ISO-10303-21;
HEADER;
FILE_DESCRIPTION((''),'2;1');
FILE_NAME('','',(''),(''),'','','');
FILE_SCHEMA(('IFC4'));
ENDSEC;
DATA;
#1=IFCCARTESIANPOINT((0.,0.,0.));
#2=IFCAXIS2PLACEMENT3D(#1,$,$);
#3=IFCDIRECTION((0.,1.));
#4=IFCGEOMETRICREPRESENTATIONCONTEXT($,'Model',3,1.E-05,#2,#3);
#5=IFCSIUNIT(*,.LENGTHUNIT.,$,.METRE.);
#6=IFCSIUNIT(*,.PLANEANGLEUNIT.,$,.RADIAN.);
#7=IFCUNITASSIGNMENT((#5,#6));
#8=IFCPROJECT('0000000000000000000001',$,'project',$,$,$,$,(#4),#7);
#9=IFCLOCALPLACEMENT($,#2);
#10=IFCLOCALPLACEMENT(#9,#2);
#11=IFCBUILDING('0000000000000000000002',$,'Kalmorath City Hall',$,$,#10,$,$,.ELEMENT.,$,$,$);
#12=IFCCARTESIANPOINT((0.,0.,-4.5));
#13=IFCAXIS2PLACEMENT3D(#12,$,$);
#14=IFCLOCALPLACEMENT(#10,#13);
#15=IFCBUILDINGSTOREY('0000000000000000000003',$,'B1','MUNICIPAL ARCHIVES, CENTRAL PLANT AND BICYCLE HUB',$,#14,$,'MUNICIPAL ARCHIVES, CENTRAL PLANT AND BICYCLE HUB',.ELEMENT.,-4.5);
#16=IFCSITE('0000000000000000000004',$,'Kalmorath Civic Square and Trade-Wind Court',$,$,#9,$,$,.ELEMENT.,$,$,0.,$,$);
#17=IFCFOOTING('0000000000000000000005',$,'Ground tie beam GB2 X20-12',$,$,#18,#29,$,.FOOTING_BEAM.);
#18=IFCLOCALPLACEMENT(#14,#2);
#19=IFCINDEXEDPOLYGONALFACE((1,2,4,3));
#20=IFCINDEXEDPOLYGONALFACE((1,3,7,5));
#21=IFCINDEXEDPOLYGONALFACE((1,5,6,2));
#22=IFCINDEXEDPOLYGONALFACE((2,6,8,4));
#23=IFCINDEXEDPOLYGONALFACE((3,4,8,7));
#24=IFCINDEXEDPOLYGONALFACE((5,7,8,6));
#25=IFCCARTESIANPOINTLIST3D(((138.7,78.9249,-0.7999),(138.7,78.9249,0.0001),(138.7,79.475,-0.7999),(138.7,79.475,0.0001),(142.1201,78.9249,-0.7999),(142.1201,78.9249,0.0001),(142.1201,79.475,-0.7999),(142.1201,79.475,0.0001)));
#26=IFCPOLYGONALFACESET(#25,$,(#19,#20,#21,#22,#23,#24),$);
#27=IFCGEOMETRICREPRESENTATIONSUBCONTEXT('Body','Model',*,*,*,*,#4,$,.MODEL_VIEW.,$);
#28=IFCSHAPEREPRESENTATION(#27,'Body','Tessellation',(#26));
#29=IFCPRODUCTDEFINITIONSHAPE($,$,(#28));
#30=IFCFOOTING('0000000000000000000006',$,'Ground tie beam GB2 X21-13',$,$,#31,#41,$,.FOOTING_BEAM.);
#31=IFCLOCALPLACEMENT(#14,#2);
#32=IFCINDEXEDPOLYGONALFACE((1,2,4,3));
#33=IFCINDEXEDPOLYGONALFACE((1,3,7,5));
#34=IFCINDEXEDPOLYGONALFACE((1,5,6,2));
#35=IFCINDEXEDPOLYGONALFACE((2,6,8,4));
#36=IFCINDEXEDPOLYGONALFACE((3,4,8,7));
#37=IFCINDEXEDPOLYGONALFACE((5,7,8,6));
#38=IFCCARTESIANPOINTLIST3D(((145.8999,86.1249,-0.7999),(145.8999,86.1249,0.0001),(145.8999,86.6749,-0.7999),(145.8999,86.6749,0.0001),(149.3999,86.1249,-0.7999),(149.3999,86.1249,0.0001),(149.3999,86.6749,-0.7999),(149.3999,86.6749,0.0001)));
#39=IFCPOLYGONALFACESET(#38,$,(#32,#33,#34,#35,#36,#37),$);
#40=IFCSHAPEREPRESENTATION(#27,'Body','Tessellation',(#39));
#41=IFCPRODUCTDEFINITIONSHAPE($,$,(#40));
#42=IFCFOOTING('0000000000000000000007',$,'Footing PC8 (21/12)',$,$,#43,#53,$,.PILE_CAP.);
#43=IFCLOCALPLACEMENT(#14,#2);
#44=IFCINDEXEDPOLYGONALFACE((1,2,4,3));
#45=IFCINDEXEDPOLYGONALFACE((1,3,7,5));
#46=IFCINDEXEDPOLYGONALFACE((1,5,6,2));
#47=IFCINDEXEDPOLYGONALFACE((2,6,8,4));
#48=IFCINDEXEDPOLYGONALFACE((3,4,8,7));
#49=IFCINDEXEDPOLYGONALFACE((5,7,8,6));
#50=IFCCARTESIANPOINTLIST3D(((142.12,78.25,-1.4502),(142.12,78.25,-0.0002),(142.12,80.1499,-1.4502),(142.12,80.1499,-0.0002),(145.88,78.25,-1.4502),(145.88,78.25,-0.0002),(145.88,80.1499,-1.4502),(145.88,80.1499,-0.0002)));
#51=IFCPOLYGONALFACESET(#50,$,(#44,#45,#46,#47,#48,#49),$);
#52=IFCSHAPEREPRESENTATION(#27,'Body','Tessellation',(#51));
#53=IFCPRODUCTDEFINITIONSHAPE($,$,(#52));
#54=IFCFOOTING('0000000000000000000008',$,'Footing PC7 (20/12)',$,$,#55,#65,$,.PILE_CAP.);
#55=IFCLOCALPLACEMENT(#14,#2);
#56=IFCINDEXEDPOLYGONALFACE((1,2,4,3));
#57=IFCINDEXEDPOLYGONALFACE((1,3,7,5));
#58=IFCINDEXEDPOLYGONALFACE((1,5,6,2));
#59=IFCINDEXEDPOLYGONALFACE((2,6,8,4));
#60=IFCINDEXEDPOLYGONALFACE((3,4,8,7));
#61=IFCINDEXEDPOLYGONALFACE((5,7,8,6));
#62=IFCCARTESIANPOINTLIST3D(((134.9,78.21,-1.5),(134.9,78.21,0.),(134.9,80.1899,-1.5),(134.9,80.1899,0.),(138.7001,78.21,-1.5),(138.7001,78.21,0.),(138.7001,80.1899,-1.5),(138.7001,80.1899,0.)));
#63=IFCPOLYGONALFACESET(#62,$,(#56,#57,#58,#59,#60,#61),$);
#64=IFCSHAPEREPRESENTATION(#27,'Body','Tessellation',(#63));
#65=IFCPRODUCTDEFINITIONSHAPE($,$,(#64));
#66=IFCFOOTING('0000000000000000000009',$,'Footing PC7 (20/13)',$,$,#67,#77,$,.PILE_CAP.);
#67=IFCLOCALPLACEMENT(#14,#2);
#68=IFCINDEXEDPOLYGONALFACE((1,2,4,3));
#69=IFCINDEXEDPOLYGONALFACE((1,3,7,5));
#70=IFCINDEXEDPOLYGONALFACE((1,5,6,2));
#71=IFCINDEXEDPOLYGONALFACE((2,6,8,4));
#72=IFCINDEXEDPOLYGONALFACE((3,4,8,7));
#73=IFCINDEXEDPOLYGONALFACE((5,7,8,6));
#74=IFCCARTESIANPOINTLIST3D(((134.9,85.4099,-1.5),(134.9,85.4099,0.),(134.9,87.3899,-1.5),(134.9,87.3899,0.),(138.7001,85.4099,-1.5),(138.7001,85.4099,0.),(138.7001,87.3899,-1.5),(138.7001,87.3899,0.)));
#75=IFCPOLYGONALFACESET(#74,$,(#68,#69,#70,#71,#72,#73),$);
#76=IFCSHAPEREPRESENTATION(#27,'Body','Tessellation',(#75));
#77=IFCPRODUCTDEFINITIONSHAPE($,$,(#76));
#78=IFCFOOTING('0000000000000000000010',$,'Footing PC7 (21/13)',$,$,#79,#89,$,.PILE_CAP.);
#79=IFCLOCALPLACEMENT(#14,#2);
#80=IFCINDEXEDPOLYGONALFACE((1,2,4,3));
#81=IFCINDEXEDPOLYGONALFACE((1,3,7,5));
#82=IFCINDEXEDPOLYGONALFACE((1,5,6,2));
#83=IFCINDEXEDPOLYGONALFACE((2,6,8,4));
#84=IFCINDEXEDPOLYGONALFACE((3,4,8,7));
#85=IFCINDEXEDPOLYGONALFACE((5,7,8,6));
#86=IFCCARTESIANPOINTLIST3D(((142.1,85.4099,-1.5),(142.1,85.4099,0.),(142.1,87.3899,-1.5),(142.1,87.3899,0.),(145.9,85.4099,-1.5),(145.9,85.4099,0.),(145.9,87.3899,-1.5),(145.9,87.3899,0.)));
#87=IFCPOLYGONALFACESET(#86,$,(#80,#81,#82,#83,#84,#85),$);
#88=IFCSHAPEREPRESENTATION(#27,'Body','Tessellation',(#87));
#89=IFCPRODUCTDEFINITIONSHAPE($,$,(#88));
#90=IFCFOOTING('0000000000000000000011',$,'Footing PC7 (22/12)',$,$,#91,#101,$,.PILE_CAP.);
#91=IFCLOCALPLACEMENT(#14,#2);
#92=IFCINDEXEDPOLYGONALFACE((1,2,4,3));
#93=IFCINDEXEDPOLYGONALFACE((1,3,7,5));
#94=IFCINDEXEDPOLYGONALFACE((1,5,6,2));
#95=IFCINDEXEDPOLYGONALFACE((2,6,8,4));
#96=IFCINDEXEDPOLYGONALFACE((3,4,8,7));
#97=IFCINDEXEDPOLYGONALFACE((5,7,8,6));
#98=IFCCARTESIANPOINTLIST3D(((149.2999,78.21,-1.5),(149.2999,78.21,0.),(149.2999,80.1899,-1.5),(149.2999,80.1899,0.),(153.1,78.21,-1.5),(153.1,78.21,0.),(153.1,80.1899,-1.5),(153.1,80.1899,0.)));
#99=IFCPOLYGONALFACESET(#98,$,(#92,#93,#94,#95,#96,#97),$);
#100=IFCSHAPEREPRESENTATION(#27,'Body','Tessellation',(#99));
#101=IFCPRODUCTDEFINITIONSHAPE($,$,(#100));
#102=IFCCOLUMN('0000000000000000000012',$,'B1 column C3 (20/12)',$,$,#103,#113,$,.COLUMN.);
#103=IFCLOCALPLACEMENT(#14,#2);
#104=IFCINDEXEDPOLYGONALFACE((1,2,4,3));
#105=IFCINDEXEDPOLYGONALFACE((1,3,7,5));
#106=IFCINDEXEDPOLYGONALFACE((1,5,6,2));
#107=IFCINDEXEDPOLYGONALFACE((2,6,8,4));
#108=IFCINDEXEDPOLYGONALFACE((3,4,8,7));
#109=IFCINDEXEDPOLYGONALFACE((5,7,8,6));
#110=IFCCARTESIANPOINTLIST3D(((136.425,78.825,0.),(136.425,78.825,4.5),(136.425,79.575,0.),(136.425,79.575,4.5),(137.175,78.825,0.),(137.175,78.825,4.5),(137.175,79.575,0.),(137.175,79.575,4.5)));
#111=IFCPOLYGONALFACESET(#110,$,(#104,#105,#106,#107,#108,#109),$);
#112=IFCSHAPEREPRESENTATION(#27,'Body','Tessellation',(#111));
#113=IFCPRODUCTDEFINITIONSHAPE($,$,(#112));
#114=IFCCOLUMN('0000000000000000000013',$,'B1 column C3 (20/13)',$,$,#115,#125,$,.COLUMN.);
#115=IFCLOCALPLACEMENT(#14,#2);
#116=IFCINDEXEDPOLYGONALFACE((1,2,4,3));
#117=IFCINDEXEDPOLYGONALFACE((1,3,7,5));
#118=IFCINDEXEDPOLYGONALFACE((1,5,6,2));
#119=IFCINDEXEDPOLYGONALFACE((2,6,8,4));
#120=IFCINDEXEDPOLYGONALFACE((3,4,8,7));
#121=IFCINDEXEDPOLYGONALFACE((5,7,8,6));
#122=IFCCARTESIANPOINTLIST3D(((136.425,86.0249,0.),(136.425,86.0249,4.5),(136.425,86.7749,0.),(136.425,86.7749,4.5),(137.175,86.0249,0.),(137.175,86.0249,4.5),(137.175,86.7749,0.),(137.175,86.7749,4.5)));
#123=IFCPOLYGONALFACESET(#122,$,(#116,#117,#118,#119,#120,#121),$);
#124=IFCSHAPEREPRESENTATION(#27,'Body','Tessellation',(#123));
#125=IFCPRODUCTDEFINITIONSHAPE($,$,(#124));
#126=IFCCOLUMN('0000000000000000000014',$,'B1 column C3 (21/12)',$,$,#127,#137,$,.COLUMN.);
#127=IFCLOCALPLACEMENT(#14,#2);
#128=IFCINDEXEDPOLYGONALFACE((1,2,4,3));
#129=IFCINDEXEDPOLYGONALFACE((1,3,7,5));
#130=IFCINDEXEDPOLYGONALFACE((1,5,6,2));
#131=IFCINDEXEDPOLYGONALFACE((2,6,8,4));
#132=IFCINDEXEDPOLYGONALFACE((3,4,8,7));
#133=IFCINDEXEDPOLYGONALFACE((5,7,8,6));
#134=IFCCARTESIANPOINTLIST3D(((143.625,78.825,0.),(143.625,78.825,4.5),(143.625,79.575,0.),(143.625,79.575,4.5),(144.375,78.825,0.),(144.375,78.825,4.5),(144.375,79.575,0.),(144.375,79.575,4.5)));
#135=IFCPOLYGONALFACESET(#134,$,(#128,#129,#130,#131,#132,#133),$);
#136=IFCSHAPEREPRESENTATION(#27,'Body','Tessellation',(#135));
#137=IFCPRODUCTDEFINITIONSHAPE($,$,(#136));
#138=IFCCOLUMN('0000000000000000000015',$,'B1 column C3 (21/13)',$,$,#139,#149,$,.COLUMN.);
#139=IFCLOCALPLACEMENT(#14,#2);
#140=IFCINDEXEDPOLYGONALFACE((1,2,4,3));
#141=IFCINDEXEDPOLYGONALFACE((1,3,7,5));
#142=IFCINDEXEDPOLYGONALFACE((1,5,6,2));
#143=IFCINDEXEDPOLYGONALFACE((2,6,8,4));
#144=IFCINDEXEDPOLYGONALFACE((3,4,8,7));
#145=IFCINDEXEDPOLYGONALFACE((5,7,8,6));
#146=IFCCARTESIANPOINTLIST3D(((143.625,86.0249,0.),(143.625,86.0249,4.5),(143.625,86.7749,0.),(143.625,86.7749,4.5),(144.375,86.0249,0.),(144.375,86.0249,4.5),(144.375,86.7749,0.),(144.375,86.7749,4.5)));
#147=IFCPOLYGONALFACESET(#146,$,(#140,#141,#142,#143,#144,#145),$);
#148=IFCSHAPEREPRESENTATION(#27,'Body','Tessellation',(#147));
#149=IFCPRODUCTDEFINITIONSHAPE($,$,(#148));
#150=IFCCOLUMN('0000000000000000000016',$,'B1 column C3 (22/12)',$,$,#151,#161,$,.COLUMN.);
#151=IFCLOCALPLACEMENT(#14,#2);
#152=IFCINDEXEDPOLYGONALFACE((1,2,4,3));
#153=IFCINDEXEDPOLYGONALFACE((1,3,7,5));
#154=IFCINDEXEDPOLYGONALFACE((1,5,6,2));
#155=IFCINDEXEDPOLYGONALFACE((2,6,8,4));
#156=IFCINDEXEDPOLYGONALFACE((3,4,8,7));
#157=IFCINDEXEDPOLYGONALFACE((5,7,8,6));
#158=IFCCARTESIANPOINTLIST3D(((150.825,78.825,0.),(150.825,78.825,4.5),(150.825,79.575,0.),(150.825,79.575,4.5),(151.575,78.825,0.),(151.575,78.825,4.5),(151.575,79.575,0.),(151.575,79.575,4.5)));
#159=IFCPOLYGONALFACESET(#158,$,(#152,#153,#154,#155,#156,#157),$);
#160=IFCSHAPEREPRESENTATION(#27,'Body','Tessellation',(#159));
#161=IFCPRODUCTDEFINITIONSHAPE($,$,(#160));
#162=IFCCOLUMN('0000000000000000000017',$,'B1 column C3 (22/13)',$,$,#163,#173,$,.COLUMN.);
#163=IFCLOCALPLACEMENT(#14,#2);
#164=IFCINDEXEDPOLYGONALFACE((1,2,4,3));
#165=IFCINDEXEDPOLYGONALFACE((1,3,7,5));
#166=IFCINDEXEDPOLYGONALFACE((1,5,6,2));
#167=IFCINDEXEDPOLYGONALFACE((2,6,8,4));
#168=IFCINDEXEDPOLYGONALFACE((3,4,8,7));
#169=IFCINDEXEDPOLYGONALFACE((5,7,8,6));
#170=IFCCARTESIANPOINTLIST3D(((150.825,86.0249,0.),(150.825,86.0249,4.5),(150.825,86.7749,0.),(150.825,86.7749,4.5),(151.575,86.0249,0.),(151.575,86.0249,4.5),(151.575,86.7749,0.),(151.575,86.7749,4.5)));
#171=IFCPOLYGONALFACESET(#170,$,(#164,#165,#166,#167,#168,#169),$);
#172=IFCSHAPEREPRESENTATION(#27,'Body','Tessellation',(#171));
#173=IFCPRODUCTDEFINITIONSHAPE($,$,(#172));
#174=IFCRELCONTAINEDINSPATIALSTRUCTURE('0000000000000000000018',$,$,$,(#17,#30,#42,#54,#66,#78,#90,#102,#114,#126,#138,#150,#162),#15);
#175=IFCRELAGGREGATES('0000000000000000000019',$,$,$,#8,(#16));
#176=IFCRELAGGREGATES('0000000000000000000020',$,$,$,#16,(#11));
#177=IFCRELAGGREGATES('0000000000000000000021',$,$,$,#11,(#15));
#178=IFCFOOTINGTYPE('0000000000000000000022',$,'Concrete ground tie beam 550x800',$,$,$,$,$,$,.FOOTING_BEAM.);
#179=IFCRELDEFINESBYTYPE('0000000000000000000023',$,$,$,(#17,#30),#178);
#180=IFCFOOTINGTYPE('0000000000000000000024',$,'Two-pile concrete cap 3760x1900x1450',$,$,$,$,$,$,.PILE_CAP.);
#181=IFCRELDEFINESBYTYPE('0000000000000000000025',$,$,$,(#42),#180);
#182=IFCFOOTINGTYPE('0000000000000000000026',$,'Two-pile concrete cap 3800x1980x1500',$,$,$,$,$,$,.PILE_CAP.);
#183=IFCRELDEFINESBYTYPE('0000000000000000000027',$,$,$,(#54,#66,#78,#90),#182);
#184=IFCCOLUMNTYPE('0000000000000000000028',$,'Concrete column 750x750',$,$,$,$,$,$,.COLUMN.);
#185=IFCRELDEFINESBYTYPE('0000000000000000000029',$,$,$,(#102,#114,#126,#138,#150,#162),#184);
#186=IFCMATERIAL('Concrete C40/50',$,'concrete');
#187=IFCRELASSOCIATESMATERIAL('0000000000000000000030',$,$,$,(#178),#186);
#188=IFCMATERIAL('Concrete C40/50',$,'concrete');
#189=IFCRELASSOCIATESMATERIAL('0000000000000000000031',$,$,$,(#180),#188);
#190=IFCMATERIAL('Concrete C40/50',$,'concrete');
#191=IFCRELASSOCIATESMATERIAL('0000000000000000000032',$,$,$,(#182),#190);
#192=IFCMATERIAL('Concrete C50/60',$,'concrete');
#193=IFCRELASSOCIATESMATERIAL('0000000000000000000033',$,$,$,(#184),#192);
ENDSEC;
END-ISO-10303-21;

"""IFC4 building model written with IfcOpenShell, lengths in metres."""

from ifc_helpers import new_model, si_unit, direction, frame, origin, origin_2d, place, context, subcontext, project, spatial, rectangle, extrude, material, material_profile, profile_set, type_object, element, save


model = new_model("IFC4")

# Units and contexts
model_context = context("Model", 3, precision=1e-05, world=origin(), true_north=direction((0.0, 1.0)))
body_context = subcontext(model_context, "Body", "Model", "MODEL_VIEW")
ifc_project = project(units=[si_unit("LENGTHUNIT", "METRE"), si_unit("PLANEANGLEUNIT", "RADIAN")], contexts=[model_context])

# Site, building, storey
site_placement = place(None, origin())
site = spatial("IfcSite", under=ifc_project, at=site_placement, Name="Kalmorath Civic Square and Trade-Wind Court", CompositionType="ELEMENT", RefElevation=0.0)
building_placement = place(site_placement, origin())
building = spatial("IfcBuilding", under=site, at=building_placement, Name="Kalmorath City Hall", CompositionType="ELEMENT")
storey_placement = place(building_placement, frame((0.0, 0.0, -4.5)))
storey = spatial("IfcBuildingStorey", under=building, at=storey_placement, Name="B1", Description="MUNICIPAL ARCHIVES, CENTRAL PLANT AND BICYCLE HUB", LongName="MUNICIPAL ARCHIVES, CENTRAL PLANT AND BICYCLE HUB", CompositionType="ELEMENT", Elevation=-4.5)

# Footings
ifc_material_1 = material(Name="Concrete C40/50", Category="concrete")
ifc_material_profile_1 = material_profile(ifc_material_1, rectangle(XDim=0.55, YDim=0.8, at=origin_2d()), Name="RC-BM-550X800")
ifc_profile_set_1 = profile_set([ifc_material_profile_1], Name="Concrete C40/50")
footing_type_1 = type_object("IfcFootingType", Name="Concrete ground tie beam 550x800", PredefinedType="FOOTING_BEAM", material=ifc_profile_set_1)
footing_1_placement = place(storey_placement, frame((138.7, 79.2, -0.3999), z_axis=(1.0, 0.0, 0.0), x_axis=(0.0, 1.0, 0.0)))
element("IfcFooting", 1, at=footing_1_placement, inside=storey, type_object=footing_type_1, Name="Ground tie beam GB2 X20-12", PredefinedType="FOOTING_BEAM", context=body_context, shape_type="SweptSolid", body=[
    extrude(rectangle(XDim=0.55, YDim=0.8, at=origin_2d()), origin(), (0.0, 0.0, 1.0), 3.4202),
])
footing_2_placement = place(storey_placement, frame((145.8999, 86.3999, -0.3999), z_axis=(1.0, 0.0, 0.0), x_axis=(0.0, 1.0, 0.0)))
element("IfcFooting", 2, at=footing_2_placement, inside=storey, type_object=footing_type_1, Name="Ground tie beam GB2 X21-13", PredefinedType="FOOTING_BEAM", context=body_context, shape_type="SweptSolid", body=[
    extrude(rectangle(XDim=0.55, YDim=0.8, at=origin_2d()), origin(), (0.0, 0.0, 1.0), 3.5),
])
ifc_material_2 = material(Name="Concrete C40/50", Category="concrete")
footing_type_2 = type_object("IfcFootingType", Name="Two-pile concrete cap 3760x1900x1450", PredefinedType="PILE_CAP", material=ifc_material_2)
footing_3_placement = place(storey_placement, frame((144.0, 79.2, -1.4502), z_axis=(0.0, 0.0, 1.0), x_axis=(1.0, 0.0, 0.0)))
element("IfcFooting", 3, at=footing_3_placement, inside=storey, type_object=footing_type_2, Name="Footing PC8 (21/12)", PredefinedType="PILE_CAP", context=body_context, shape_type="SweptSolid", body=[
    extrude(rectangle(XDim=3.76, YDim=1.8999, at=origin_2d()), origin(), (0.0, 0.0, 1.0), 1.45),
])
ifc_material_3 = material(Name="Concrete C40/50", Category="concrete")
footing_type_3 = type_object("IfcFootingType", Name="Two-pile concrete cap 3800x1980x1500", PredefinedType="PILE_CAP", material=ifc_material_3)
for number, where, z_axis, x_axis, name in (
    (4, (136.8, 79.2, -1.5), (0.0, 0.0, 1.0), (1.0, 0.0, 0.0), "Footing PC7 (20/12)"),
    (5, (136.8, 86.3999, -1.5), (0.0, 0.0, 1.0), (1.0, 0.0, 0.0), "Footing PC7 (20/13)"),
    (6, (144.0, 86.3999, -1.5), (0.0, 0.0, 1.0), (1.0, 0.0, 0.0), "Footing PC7 (21/13)"),
    (7, (151.2, 79.2, -1.5), (0.0, 0.0, 1.0), (1.0, 0.0, 0.0), "Footing PC7 (22/12)"),
):
    element("IfcFooting", number, at=place(storey_placement, frame(where, z_axis=z_axis, x_axis=x_axis)), inside=storey, type_object=footing_type_3, Name=name, PredefinedType="PILE_CAP", context=body_context, shape_type="SweptSolid", body=[
        extrude(rectangle(XDim=3.8, YDim=1.98, at=origin_2d()), origin(), (0.0, 0.0, 1.0), 1.5),
    ])

# Columns
ifc_material_4 = material(Name="Concrete C50/60", Category="concrete")
ifc_material_profile_2 = material_profile(ifc_material_4, rectangle(XDim=0.75, YDim=0.75, at=origin_2d()), Name="RC-COL-750X750")
ifc_profile_set_2 = profile_set([ifc_material_profile_2], Name="Concrete C50/60")
column_type = type_object("IfcColumnType", Name="Concrete column 750x750", PredefinedType="COLUMN", material=ifc_profile_set_2)
for number, where, z_axis, x_axis, name in (
    (8, (136.8, 79.2, 0.0), (0.0, 0.0, 1.0), (1.0, 0.0, 0.0), "B1 column C3 (20/12)"),
    (9, (136.8, 86.3999, 0.0), (0.0, 0.0, 1.0), (1.0, 0.0, 0.0), "B1 column C3 (20/13)"),
    (10, (144.0, 79.2, 0.0), (0.0, 0.0, 1.0), (1.0, 0.0, 0.0), "B1 column C3 (21/12)"),
    (11, (144.0, 86.3999, 0.0), (0.0, 0.0, 1.0), (1.0, 0.0, 0.0), "B1 column C3 (21/13)"),
    (12, (151.2, 79.2, 0.0), (0.0, 0.0, 1.0), (1.0, 0.0, 0.0), "B1 column C3 (22/12)"),
    (13, (151.2, 86.3999, 0.0), (0.0, 0.0, 1.0), (1.0, 0.0, 0.0), "B1 column C3 (22/13)"),
):
    element("IfcColumn", number, at=place(storey_placement, frame(where, z_axis=z_axis, x_axis=x_axis)), inside=storey, type_object=column_type, Name=name, PredefinedType="COLUMN", context=body_context, shape_type="SweptSolid", body=[
        extrude(rectangle(XDim=0.75, YDim=0.75, at=origin_2d()), origin(), (0.0, 0.0, 1.0), 4.5),
    ])

save(model, "model.ifc")
